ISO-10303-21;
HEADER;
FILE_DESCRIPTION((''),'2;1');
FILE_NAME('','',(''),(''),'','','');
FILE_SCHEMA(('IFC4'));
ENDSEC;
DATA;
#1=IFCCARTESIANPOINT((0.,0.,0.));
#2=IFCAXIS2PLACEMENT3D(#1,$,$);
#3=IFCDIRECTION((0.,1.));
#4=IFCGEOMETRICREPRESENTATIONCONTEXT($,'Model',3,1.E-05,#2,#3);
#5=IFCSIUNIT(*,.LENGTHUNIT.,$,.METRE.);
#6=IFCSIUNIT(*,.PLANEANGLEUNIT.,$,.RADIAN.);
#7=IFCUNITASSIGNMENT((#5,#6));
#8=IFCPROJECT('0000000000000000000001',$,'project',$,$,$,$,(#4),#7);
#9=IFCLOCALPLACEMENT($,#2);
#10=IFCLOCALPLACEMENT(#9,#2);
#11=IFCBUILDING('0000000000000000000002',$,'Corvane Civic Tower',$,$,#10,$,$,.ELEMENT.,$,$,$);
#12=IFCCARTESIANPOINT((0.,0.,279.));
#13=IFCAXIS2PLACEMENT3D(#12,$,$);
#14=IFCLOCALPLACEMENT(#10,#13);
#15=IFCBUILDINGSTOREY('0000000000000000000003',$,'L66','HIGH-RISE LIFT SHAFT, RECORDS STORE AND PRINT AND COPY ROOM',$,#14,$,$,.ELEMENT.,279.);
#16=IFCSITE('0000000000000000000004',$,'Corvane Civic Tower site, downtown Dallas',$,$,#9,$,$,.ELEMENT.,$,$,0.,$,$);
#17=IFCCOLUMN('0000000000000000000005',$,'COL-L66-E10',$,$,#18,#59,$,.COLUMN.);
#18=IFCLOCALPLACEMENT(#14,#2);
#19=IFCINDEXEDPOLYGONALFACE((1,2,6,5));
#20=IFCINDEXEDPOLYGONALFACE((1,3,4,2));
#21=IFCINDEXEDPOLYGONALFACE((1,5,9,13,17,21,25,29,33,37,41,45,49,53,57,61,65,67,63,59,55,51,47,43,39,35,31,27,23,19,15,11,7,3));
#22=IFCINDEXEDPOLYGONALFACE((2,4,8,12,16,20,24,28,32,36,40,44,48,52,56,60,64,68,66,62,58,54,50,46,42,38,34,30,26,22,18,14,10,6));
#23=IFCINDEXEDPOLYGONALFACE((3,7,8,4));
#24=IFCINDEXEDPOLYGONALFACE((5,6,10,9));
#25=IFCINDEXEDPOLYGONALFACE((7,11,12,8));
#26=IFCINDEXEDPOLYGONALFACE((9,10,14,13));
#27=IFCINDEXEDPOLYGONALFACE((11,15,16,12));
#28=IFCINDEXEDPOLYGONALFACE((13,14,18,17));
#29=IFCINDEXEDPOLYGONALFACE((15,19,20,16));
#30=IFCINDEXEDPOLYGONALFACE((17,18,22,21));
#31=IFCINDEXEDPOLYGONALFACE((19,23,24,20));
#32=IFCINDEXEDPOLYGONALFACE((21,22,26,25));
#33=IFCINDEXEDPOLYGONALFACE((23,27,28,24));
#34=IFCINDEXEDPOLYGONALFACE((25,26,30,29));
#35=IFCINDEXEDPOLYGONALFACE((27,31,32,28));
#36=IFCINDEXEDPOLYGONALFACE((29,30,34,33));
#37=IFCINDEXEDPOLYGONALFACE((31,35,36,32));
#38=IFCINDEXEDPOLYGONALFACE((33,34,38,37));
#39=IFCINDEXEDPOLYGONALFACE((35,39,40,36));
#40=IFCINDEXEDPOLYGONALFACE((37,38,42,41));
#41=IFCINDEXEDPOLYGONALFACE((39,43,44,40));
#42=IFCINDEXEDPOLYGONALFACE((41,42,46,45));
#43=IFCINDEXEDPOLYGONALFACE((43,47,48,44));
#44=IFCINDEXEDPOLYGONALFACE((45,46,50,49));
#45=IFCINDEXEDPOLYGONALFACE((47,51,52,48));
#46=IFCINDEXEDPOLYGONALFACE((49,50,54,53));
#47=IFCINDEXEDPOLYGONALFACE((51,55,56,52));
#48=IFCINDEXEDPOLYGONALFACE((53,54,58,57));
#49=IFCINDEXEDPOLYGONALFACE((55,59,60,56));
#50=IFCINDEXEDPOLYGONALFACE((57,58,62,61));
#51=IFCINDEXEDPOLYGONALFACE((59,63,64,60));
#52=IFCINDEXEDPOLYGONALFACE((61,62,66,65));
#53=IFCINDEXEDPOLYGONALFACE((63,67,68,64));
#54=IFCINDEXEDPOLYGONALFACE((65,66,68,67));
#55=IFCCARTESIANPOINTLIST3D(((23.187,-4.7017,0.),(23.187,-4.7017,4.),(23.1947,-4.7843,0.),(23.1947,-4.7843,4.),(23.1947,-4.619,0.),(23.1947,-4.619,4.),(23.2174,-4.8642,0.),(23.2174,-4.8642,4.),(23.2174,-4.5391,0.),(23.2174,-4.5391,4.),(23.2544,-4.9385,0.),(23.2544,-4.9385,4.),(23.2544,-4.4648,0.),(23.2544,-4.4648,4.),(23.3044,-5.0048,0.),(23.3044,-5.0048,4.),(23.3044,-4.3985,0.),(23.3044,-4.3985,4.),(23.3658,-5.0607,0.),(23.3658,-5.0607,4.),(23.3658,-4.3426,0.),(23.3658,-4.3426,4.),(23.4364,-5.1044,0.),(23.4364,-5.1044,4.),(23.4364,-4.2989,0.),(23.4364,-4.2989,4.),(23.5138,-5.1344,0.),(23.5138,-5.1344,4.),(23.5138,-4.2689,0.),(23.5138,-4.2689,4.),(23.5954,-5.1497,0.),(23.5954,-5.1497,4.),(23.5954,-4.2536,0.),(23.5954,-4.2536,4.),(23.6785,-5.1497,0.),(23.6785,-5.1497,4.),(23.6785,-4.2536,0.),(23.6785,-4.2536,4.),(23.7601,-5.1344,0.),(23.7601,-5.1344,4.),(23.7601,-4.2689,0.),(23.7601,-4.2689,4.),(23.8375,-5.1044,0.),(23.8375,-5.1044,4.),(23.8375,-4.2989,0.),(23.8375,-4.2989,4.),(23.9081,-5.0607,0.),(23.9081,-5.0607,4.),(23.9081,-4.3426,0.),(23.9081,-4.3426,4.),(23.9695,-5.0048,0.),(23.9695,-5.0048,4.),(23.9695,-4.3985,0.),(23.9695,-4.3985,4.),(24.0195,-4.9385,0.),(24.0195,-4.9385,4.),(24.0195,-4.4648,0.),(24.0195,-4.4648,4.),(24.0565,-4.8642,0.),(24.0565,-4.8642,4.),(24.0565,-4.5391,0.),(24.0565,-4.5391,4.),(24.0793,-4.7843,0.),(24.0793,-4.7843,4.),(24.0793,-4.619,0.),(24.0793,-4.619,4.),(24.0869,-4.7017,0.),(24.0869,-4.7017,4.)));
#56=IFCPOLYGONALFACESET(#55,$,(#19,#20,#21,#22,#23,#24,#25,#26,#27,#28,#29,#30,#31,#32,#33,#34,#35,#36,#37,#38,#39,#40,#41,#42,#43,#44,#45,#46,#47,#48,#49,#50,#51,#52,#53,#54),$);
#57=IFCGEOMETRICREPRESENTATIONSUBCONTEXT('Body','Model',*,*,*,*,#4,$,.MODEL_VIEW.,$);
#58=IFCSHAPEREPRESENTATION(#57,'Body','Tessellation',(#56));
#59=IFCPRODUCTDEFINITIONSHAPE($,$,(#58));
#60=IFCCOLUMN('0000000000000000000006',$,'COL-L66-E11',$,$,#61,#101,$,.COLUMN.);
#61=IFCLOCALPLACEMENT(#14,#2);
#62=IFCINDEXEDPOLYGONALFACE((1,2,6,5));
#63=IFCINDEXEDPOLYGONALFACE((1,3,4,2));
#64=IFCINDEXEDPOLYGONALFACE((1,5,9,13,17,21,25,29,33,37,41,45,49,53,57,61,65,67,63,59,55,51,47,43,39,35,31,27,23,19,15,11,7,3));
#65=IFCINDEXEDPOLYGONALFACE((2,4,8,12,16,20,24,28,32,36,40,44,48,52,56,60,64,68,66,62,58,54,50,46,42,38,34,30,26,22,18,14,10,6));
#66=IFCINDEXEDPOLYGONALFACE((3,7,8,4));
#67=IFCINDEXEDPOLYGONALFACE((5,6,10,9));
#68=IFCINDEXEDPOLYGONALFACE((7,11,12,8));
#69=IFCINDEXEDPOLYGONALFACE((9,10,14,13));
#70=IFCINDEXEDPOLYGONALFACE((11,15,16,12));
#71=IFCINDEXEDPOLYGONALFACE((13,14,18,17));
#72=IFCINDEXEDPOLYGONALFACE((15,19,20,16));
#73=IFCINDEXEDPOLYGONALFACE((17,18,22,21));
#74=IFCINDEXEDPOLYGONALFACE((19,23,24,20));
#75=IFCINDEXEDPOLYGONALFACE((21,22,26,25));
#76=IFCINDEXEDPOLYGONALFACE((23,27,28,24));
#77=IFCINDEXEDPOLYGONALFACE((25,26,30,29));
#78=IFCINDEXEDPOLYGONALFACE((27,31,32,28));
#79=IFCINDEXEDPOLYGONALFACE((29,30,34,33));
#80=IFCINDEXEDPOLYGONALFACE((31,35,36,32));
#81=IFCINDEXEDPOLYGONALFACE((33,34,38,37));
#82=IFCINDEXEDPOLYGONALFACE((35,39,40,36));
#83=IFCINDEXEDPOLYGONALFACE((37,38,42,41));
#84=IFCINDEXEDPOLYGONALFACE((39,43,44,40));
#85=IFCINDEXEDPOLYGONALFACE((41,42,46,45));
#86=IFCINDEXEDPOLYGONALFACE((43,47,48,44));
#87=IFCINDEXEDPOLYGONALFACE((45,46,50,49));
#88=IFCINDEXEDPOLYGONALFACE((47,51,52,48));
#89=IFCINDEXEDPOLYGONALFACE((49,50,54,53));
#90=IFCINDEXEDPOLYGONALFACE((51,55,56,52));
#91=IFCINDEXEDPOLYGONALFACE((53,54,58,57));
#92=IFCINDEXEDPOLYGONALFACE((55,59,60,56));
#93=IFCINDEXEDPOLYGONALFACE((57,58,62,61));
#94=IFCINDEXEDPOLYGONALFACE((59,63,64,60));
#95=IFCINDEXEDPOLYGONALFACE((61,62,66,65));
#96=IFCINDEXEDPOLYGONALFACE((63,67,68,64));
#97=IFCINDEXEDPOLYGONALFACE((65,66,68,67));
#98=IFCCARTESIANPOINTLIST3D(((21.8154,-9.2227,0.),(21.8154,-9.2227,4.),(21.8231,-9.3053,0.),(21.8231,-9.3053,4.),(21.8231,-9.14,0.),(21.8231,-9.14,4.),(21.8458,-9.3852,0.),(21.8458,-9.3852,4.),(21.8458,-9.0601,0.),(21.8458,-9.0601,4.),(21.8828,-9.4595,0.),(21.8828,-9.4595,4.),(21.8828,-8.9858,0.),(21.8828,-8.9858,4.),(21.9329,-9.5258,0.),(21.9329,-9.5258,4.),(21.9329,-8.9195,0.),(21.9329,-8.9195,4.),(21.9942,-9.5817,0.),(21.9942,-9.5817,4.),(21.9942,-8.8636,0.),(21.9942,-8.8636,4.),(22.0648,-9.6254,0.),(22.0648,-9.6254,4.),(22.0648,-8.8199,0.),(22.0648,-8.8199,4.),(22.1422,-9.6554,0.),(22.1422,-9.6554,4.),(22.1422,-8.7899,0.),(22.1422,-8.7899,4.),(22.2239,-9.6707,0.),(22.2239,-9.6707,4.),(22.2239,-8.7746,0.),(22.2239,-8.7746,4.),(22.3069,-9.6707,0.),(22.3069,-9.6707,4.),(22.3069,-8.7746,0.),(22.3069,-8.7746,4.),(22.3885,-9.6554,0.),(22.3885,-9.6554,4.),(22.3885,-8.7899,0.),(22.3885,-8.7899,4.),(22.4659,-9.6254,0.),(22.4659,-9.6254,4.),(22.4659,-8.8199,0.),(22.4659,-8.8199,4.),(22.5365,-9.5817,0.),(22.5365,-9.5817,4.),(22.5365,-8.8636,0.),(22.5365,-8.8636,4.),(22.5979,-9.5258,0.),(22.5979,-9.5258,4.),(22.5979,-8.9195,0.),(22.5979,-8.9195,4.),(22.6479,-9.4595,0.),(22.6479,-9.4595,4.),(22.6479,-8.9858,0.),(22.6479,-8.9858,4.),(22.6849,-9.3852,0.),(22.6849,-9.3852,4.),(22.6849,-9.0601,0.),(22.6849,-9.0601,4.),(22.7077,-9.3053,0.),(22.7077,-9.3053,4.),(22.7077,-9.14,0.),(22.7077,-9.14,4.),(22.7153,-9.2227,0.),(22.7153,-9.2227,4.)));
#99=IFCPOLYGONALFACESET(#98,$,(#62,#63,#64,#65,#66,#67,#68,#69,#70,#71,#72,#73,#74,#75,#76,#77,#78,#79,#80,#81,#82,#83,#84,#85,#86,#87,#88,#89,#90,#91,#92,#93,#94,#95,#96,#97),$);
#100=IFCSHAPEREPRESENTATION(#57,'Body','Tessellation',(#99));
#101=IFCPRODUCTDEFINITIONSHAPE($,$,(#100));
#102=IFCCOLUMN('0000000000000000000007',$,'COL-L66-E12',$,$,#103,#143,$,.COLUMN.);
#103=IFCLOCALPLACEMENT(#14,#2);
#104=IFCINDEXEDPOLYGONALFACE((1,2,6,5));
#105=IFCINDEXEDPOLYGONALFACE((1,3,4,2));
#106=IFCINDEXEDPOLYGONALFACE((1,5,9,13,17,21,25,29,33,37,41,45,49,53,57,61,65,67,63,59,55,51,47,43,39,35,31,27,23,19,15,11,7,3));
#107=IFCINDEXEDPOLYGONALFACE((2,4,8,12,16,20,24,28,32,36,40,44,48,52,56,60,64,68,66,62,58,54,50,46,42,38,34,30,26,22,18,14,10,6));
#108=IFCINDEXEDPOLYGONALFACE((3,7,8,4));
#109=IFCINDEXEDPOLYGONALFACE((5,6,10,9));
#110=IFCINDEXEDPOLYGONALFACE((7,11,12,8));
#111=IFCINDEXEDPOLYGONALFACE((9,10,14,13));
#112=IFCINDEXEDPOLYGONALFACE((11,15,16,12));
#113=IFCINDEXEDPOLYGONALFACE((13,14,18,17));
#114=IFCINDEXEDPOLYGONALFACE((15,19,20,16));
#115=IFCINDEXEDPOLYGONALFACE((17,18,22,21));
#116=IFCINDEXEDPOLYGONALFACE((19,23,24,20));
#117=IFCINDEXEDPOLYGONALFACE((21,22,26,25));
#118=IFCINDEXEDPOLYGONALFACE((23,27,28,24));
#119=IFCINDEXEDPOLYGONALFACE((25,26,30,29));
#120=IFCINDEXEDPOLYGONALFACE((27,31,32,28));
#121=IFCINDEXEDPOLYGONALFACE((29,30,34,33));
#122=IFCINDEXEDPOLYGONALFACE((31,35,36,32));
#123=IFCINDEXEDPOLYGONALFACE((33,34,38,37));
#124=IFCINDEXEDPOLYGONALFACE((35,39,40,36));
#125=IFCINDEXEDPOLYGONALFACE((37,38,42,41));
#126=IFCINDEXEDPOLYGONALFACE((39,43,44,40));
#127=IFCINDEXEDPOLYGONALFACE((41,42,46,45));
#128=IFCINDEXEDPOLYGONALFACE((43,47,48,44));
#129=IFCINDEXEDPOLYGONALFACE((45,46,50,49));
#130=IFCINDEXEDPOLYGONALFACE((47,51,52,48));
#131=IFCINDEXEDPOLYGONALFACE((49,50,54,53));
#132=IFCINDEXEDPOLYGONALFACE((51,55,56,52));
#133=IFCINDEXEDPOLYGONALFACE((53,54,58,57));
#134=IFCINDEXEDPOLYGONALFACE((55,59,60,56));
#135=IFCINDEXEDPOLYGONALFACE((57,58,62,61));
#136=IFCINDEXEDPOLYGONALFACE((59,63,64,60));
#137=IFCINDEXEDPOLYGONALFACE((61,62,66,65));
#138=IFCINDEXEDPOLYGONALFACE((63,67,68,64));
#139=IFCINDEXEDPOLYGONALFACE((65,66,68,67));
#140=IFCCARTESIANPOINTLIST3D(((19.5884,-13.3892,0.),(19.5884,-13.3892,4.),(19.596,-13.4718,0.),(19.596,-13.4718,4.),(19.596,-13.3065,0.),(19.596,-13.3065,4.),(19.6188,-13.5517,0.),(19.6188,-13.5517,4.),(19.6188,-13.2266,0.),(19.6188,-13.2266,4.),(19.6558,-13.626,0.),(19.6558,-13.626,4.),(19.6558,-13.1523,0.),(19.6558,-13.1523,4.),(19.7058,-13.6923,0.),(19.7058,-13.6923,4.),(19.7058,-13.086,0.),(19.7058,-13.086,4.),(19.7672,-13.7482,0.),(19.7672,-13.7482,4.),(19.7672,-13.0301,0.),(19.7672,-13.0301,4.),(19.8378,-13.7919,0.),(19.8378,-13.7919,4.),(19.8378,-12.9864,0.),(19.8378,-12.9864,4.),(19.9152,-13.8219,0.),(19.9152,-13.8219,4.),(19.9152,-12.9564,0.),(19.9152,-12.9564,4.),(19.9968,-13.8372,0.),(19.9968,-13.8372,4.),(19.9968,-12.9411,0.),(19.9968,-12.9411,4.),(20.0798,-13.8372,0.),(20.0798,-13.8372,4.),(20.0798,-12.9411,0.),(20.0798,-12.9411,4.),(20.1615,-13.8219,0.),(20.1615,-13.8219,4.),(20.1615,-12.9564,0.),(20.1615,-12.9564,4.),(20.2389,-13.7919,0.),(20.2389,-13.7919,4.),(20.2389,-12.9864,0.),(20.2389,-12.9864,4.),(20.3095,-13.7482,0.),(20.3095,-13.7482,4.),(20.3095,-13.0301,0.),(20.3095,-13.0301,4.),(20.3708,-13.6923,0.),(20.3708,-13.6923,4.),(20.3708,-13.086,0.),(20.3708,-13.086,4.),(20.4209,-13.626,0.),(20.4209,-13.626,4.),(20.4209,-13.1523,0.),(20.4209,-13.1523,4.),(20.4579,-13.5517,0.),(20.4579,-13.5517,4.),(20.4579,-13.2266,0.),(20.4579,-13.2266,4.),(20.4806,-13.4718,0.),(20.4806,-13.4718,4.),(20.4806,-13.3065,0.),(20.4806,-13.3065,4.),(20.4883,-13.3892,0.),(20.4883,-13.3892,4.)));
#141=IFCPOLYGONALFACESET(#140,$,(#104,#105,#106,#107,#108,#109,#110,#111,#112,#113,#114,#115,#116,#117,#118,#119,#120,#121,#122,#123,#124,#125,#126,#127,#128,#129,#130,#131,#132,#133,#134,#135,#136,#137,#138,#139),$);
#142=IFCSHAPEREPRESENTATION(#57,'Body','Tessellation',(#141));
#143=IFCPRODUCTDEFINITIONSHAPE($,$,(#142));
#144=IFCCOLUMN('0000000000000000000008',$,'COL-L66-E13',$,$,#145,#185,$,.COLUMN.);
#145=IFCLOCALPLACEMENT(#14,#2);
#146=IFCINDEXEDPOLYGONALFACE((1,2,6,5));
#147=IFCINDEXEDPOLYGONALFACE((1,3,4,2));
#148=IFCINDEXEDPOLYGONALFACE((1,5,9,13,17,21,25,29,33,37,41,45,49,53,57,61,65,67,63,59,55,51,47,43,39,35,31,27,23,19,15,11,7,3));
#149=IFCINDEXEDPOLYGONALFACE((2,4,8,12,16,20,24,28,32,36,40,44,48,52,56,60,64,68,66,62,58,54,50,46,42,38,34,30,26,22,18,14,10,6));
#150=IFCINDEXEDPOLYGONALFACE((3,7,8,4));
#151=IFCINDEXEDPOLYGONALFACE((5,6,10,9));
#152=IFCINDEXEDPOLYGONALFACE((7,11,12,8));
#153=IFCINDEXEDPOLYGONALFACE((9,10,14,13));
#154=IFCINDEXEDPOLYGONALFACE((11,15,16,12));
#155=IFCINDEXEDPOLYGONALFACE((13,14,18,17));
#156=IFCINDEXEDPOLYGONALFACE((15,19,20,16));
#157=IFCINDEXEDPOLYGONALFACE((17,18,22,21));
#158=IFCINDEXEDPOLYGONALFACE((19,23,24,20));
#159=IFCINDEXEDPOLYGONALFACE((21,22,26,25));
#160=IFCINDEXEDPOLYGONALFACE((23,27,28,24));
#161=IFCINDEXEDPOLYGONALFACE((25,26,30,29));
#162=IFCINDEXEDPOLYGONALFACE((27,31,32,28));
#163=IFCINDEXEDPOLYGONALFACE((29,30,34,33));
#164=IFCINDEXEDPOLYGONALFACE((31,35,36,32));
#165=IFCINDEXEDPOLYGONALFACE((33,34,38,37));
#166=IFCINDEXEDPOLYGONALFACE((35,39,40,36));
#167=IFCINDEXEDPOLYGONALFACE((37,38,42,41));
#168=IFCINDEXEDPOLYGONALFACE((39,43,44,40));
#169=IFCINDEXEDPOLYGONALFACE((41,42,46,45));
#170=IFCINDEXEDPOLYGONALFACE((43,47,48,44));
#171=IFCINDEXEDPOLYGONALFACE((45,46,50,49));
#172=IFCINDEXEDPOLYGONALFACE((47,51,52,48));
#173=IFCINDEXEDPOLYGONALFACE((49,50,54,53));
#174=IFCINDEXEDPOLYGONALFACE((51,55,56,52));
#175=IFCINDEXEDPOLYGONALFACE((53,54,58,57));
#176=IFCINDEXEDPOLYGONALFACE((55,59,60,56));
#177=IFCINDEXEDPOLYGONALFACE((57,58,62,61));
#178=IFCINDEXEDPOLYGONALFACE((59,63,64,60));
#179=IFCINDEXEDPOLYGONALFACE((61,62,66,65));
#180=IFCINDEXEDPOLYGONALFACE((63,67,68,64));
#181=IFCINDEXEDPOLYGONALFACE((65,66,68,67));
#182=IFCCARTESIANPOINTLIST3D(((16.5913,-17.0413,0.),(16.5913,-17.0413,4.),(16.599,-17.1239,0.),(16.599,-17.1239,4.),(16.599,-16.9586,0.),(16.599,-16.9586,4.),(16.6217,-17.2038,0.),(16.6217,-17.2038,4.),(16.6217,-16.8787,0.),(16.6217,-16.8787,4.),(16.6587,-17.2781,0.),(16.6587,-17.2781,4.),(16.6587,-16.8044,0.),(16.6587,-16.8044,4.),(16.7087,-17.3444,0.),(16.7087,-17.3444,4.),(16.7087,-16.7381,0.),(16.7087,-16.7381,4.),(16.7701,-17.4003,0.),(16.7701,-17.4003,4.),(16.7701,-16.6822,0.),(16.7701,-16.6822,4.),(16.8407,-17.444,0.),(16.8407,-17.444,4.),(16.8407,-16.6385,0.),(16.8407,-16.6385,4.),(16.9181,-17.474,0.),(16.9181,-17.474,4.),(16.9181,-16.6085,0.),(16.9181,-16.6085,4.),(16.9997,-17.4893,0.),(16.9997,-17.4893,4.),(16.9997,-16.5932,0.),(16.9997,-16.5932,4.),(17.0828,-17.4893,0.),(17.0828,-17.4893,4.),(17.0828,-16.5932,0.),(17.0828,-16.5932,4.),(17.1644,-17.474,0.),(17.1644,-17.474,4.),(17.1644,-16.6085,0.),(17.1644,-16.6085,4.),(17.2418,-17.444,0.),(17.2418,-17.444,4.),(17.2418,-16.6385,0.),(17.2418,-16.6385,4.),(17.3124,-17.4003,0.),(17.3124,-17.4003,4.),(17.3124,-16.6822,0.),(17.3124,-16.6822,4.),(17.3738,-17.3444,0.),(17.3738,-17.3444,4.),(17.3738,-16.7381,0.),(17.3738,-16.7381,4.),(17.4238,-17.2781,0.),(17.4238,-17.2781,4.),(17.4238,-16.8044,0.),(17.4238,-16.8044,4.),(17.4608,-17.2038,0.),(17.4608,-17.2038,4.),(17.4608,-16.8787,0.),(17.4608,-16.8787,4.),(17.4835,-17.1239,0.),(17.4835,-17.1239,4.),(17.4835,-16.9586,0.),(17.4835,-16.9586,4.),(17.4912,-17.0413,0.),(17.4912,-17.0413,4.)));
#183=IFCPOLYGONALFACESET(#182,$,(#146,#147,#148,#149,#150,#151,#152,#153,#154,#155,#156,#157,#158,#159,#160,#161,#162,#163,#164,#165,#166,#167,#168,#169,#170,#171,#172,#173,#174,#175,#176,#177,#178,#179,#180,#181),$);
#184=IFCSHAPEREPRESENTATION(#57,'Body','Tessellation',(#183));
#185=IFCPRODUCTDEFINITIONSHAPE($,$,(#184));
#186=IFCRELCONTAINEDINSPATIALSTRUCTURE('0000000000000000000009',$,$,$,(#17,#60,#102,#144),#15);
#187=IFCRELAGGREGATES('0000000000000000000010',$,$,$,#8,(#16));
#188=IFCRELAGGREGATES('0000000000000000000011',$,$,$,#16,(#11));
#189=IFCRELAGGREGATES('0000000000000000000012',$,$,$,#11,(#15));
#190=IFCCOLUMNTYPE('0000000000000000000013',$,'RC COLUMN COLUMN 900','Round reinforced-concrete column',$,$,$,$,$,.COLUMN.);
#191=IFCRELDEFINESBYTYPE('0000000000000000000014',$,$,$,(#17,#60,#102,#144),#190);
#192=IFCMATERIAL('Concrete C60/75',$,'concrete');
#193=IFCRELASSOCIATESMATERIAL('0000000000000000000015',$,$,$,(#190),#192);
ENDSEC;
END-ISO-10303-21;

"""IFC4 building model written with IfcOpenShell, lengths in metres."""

from ifc_helpers import new_model, si_unit, direction, frame, origin, origin_2d, place, context, subcontext, project, spatial, circle, extrude, material, material_profile, profile_set, type_object, element, save


model = new_model("IFC4")

# Units and contexts
model_context = context("Model", 3, precision=1e-05, world=origin(), true_north=direction((0.0, 1.0)))
body_context = subcontext(model_context, "Body", "Model", "MODEL_VIEW")
ifc_project = project(units=[si_unit("LENGTHUNIT", "METRE"), si_unit("PLANEANGLEUNIT", "RADIAN")], contexts=[model_context])

# Site, building, storey
site_placement = place(None, origin())
site = spatial("IfcSite", under=ifc_project, at=site_placement, Name="Corvane Civic Tower site, downtown Dallas", CompositionType="ELEMENT", RefElevation=0.0)
building_placement = place(site_placement, origin())
building = spatial("IfcBuilding", under=site, at=building_placement, Name="Corvane Civic Tower", CompositionType="ELEMENT")
storey_placement = place(building_placement, frame((0.0, 0.0, 279.0)))
storey = spatial("IfcBuildingStorey", under=building, at=storey_placement, Name="L66", Description="HIGH-RISE LIFT SHAFT, RECORDS STORE AND PRINT AND COPY ROOM", CompositionType="ELEMENT", Elevation=279.0)

# Columns
ifc_material_1 = material(Name="Concrete C60/75", Category="concrete")
ifc_material_profile_1 = material_profile(ifc_material_1, circle(Radius=0.45, at=origin_2d()), Name="COLUMN 900")
ifc_profile_set_1 = profile_set([ifc_material_profile_1], Name="Concrete C60/75")
column_type = type_object("IfcColumnType", Name="RC COLUMN COLUMN 900", Description="Round reinforced-concrete column", PredefinedType="COLUMN", material=ifc_profile_set_1)
for number, where, z_axis, x_axis, name in (
    (1, (23.637, -4.7017, 0.0), (0.0, 0.0, 1.0), (1.0, 0.0, 0.0), "COL-L66-E10"),
    (2, (22.2654, -9.2227, 0.0), (0.0, 0.0, 1.0), (1.0, 0.0, 0.0), "COL-L66-E11"),
    (3, (20.0383, -13.3892, 0.0), (0.0, 0.0, 1.0), (1.0, 0.0, 0.0), "COL-L66-E12"),
    (4, (17.0413, -17.0413, 0.0), (0.0, 0.0, 1.0), (1.0, 0.0, 0.0), "COL-L66-E13"),
):
    element("IfcColumn", number, at=place(storey_placement, frame(where, z_axis=z_axis, x_axis=x_axis)), inside=storey, type_object=column_type, Name=name, PredefinedType="COLUMN", context=body_context, shape_type="SweptSolid", body=[
        extrude(circle(Radius=0.45, at=origin_2d()), origin(), (0.0, 0.0, 1.0), 4.0),
    ])

save(model, "model.ifc")
